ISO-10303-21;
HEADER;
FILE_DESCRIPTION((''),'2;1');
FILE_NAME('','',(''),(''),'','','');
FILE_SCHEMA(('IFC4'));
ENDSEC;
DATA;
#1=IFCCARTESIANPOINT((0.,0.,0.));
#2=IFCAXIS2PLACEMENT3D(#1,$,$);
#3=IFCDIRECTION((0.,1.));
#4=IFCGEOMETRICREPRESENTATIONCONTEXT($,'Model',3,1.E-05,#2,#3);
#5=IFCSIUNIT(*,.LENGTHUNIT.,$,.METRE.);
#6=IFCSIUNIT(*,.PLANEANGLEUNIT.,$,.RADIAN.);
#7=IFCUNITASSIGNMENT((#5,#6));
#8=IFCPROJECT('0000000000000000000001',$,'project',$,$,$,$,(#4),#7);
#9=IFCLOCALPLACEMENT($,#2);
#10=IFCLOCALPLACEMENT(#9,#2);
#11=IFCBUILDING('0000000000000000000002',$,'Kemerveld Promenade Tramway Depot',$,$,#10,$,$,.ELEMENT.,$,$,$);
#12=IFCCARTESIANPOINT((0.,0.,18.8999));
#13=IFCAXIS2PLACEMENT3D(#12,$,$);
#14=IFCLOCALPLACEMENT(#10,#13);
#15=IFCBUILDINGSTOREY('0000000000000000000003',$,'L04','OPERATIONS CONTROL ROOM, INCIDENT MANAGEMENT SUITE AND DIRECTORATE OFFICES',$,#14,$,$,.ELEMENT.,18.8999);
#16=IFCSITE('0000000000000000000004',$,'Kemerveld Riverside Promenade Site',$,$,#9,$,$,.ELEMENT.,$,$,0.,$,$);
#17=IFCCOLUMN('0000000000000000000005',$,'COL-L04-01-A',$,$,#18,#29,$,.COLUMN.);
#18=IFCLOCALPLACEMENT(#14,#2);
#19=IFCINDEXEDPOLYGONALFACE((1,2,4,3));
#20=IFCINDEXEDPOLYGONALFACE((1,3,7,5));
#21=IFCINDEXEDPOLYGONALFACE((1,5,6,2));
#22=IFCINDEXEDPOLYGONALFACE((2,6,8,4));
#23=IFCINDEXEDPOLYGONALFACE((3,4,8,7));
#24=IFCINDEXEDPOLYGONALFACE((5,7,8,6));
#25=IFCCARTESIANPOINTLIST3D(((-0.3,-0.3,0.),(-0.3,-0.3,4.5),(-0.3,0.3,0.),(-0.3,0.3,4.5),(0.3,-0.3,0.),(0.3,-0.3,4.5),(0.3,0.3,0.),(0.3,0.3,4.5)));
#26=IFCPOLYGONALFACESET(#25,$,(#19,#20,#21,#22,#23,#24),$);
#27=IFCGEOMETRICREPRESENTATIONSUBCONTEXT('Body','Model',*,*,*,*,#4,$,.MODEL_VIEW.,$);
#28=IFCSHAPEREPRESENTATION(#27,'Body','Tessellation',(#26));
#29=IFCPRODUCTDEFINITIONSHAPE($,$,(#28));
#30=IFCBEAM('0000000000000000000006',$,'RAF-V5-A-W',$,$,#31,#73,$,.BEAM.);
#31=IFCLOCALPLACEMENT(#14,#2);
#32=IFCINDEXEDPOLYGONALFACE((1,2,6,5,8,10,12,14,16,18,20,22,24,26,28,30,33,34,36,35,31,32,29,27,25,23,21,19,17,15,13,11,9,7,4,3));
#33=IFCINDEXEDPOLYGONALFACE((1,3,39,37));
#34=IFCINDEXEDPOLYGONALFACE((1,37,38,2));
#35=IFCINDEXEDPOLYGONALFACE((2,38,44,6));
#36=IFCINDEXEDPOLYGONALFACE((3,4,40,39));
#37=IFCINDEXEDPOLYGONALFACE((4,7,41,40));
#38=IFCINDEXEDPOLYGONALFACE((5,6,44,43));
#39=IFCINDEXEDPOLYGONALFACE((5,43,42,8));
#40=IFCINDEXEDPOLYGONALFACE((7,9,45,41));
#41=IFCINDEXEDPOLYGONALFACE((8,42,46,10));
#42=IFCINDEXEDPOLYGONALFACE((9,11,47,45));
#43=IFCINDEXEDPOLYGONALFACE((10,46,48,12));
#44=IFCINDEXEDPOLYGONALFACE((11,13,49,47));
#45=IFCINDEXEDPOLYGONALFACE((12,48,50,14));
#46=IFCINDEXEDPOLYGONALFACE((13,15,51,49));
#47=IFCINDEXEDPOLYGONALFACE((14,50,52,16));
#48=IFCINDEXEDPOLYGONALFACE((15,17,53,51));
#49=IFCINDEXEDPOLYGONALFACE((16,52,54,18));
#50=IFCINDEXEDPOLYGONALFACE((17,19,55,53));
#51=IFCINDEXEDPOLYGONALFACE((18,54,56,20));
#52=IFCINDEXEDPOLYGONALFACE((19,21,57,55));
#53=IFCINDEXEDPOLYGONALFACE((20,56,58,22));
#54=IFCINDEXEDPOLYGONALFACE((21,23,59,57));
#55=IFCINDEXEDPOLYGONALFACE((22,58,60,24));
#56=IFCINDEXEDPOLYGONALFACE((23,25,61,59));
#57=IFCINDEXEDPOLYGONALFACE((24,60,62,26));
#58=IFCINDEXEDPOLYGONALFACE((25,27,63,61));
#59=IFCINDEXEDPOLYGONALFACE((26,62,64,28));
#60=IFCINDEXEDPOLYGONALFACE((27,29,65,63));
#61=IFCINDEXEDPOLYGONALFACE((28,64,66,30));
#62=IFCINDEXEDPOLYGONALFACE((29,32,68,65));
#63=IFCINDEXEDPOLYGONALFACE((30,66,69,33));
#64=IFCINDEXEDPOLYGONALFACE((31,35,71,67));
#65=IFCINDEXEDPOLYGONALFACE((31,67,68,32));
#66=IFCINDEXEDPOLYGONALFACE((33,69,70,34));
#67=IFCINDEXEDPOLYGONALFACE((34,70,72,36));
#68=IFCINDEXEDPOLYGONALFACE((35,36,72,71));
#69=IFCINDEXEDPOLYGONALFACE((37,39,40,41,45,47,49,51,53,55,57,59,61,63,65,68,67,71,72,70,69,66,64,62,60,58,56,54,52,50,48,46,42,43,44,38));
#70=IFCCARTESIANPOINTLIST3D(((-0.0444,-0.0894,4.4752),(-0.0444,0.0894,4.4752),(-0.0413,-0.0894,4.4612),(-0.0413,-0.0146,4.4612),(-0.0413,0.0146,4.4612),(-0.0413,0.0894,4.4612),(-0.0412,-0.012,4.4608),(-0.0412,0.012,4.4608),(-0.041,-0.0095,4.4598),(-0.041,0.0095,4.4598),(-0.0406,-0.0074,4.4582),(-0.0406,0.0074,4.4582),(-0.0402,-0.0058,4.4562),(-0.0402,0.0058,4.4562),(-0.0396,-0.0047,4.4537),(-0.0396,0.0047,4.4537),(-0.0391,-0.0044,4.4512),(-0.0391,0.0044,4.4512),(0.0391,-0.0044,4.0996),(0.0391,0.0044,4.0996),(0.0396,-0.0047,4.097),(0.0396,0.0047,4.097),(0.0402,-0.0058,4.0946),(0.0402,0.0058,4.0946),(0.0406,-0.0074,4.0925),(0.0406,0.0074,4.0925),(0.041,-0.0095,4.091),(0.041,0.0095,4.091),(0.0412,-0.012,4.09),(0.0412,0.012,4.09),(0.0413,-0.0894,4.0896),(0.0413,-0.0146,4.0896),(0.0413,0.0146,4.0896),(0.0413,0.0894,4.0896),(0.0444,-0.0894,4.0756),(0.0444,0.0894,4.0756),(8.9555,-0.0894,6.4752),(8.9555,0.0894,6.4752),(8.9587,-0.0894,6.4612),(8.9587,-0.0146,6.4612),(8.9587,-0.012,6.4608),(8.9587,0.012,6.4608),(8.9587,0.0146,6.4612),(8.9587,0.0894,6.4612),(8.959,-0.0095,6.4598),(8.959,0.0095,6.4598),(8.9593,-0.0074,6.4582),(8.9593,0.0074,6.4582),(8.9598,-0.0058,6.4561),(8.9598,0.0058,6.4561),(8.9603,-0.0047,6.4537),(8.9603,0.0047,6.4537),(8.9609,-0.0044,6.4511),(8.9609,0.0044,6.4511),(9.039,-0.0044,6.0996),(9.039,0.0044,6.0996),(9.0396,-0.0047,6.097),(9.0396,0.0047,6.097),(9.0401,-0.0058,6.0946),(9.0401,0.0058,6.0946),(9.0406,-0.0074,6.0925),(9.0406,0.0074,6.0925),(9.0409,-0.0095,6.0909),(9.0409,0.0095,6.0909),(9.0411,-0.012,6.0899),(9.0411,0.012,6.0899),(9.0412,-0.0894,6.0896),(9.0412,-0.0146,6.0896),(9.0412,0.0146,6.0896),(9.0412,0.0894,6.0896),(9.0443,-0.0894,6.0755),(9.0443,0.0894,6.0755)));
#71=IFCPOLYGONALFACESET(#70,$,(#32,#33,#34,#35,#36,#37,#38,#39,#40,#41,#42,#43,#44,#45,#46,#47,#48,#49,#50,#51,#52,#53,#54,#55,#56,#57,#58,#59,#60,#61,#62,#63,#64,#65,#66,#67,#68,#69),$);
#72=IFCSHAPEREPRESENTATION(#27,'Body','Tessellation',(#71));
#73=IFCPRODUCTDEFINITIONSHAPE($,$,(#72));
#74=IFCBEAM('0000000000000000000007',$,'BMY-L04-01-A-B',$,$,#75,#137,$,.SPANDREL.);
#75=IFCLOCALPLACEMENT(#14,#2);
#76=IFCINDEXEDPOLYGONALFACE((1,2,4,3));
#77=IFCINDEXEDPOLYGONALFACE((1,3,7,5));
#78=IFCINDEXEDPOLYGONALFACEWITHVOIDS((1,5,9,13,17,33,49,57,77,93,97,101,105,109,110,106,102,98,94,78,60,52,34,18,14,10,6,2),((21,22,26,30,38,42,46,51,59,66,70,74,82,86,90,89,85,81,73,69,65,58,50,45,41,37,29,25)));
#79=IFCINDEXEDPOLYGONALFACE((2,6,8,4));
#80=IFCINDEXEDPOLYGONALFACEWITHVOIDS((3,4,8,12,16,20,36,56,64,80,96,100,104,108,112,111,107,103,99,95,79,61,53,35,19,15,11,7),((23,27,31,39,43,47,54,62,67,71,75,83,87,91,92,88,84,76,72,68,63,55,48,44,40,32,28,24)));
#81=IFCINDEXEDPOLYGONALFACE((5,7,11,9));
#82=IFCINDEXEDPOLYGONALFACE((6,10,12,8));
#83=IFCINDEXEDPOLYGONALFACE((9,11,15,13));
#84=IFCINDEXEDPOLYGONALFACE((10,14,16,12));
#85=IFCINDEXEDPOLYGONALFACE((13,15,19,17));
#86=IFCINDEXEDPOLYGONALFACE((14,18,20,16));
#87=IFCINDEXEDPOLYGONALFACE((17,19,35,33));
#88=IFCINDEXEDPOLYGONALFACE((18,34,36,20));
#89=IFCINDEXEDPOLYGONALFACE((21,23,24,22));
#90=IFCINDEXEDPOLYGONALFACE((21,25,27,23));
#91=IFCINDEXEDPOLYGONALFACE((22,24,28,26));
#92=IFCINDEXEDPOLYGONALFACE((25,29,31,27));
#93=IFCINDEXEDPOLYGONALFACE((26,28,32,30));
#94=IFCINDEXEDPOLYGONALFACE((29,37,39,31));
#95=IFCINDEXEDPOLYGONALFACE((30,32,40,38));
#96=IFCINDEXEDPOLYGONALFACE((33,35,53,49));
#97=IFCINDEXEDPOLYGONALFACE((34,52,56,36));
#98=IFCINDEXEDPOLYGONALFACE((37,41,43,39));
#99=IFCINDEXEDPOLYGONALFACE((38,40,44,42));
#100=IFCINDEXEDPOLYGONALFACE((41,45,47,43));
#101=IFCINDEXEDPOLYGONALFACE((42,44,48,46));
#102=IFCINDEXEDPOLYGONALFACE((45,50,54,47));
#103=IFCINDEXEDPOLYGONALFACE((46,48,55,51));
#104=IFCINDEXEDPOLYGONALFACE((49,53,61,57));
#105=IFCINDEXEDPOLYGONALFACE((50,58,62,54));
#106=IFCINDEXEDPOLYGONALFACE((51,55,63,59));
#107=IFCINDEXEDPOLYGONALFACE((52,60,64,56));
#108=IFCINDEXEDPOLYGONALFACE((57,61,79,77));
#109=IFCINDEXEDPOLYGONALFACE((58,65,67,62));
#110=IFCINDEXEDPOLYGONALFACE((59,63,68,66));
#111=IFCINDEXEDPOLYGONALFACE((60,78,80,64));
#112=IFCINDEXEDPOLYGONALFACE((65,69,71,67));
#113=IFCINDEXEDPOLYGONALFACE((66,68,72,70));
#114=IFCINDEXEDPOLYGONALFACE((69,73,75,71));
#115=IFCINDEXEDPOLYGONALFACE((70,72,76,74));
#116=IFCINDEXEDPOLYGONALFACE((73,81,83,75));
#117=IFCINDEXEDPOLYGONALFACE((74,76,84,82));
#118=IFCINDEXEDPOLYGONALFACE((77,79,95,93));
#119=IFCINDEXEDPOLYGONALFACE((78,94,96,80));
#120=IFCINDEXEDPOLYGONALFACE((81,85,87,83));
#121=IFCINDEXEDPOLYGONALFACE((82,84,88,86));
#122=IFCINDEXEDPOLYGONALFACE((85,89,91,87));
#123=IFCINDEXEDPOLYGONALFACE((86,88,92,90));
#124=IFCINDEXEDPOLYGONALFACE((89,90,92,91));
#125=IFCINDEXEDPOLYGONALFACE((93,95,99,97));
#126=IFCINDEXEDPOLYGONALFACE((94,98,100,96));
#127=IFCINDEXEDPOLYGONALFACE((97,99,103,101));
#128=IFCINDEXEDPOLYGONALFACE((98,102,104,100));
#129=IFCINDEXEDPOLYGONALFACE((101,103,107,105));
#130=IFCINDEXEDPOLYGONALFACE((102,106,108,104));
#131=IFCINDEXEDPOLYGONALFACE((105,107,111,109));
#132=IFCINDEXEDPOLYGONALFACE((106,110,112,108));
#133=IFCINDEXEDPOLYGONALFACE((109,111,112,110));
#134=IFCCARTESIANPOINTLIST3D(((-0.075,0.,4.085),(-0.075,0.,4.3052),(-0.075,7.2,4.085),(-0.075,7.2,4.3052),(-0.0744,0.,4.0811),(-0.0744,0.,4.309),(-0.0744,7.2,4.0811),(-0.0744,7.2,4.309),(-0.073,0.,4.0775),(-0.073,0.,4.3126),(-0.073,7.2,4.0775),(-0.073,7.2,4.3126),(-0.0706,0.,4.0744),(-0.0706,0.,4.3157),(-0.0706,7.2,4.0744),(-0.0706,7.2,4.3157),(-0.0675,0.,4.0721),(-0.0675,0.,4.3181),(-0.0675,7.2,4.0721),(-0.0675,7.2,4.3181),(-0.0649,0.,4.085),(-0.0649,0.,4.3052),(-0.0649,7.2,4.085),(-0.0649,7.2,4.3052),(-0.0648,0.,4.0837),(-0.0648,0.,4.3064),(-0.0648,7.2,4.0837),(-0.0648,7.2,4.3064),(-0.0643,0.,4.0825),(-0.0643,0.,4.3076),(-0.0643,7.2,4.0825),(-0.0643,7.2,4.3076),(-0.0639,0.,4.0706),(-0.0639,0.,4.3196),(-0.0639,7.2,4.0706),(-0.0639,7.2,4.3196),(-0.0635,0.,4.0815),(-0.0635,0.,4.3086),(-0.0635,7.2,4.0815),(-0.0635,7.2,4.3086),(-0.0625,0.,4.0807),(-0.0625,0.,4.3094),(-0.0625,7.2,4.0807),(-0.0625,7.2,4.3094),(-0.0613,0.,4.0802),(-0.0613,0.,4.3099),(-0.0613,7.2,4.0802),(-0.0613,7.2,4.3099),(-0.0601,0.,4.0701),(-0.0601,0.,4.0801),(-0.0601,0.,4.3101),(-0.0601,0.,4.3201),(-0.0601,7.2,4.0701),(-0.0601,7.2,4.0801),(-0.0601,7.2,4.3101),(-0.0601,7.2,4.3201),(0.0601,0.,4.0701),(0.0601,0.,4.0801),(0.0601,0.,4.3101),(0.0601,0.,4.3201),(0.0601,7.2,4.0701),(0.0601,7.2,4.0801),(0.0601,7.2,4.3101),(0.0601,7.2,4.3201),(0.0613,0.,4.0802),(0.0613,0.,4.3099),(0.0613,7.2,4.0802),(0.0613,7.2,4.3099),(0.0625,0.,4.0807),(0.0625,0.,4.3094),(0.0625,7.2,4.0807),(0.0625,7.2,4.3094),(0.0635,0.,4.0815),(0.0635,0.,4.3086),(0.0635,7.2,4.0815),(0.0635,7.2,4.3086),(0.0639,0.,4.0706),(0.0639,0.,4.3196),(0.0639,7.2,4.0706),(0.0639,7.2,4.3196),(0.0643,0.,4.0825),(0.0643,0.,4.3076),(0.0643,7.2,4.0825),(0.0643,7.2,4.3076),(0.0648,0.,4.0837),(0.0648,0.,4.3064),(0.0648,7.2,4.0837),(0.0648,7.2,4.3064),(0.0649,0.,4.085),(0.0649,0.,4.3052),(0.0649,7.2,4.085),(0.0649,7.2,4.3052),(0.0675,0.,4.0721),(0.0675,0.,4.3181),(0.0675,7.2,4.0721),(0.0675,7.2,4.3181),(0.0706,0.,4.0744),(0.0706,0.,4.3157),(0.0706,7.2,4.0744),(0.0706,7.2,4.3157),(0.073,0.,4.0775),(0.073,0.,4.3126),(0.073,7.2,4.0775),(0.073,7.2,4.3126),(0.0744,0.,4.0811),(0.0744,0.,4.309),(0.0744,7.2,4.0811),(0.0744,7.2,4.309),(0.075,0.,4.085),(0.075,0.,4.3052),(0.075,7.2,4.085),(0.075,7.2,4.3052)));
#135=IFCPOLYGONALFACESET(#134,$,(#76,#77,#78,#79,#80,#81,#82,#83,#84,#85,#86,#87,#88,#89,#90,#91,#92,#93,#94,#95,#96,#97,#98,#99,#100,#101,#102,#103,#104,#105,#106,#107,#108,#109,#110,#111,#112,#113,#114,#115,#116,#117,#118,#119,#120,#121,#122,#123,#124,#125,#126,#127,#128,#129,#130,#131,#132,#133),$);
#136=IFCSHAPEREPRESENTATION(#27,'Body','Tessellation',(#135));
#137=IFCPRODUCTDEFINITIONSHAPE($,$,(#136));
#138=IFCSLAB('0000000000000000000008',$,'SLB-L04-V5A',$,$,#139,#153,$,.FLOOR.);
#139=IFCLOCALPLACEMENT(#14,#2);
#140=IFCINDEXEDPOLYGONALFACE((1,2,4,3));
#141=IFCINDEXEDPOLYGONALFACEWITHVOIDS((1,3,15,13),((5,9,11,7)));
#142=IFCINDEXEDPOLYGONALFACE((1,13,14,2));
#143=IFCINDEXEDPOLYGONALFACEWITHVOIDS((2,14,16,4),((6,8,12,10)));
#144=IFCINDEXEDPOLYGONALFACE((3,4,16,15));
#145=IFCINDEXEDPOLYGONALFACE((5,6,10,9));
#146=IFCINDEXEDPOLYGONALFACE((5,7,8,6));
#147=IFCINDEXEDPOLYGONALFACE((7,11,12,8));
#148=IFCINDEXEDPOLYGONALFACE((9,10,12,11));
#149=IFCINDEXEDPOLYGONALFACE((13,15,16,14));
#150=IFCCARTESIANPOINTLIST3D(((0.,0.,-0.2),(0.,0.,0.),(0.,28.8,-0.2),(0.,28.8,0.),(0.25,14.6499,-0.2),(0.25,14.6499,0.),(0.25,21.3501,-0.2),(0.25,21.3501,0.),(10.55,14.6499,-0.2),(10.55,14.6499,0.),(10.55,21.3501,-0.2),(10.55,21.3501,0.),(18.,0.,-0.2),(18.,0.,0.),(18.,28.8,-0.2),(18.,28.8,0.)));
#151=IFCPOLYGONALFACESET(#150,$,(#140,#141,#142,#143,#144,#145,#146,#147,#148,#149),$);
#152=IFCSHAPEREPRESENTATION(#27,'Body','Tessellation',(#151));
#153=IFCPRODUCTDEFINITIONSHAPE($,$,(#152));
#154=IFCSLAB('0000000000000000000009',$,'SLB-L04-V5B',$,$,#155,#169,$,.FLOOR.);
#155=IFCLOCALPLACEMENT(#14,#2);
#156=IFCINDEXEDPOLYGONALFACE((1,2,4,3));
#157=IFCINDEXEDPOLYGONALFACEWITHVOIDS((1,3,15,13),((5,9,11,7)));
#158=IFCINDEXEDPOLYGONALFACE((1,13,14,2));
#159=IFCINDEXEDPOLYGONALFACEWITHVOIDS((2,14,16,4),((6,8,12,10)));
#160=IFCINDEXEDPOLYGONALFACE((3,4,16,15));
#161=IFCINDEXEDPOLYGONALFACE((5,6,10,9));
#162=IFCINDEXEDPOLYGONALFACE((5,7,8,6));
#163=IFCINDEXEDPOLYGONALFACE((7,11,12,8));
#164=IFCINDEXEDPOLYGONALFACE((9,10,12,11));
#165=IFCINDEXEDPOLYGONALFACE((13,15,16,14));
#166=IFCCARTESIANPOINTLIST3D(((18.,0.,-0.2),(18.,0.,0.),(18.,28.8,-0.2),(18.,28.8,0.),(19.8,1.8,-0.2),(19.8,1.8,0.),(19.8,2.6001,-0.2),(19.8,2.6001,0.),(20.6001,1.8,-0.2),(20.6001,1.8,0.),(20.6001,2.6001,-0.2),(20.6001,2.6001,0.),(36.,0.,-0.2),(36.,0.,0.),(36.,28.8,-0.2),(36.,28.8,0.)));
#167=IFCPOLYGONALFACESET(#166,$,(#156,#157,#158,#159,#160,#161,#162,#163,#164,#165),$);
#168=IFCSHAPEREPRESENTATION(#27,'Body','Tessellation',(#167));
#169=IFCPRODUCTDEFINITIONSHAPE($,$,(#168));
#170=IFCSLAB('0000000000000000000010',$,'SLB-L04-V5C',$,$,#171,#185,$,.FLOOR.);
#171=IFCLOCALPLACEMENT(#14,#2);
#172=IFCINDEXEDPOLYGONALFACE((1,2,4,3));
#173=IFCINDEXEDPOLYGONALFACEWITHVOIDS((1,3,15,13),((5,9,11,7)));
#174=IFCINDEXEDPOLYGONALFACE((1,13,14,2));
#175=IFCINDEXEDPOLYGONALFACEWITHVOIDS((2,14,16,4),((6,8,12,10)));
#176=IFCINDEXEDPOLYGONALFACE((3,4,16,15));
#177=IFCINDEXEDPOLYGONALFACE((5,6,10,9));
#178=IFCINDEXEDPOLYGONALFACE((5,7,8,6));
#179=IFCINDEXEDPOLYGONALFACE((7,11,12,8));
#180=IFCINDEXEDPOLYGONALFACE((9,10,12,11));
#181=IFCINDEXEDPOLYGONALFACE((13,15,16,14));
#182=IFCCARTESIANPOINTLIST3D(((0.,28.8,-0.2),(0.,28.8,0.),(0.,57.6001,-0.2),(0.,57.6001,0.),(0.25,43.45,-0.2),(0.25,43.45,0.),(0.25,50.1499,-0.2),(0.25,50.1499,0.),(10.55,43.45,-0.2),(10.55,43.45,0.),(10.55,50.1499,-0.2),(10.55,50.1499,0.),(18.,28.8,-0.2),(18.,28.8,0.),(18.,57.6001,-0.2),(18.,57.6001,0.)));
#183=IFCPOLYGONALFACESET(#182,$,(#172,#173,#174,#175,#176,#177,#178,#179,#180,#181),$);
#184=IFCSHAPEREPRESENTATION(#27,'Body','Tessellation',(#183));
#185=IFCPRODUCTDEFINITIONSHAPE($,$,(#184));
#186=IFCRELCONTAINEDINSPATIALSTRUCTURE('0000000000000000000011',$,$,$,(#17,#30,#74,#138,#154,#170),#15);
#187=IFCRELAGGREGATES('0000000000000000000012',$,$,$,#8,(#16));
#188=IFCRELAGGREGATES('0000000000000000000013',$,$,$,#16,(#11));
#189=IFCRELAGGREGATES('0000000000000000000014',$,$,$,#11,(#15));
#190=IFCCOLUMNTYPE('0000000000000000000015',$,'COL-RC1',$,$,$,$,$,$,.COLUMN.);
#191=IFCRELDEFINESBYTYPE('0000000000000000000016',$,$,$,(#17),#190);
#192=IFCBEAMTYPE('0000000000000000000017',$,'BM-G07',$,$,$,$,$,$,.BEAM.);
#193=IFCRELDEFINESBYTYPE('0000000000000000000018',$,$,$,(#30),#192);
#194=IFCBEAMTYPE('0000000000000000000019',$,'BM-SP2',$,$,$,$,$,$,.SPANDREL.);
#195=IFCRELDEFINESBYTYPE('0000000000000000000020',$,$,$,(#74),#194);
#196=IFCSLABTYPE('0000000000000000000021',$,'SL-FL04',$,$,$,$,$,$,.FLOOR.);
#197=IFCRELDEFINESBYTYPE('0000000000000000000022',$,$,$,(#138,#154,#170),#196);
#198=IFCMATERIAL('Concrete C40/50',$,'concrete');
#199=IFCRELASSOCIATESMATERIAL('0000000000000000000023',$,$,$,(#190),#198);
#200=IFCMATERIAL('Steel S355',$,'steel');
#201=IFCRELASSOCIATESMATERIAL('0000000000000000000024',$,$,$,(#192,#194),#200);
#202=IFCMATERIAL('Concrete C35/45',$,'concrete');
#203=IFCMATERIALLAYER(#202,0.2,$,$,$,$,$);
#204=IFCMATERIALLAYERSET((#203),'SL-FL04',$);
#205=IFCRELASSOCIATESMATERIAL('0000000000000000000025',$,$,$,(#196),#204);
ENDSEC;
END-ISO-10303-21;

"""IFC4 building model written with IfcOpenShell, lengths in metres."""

from ifc_helpers import new_model, si_unit, direction, frame, origin, origin_with_axes, origin_2d, place, context, subcontext, project, spatial, polyline, rectangle, hollow_rectangle, i_section, outline, extrude, material, layer, layer_set, material_profile, profile_set, type_object, element, save


model = new_model("IFC4")

# Units and contexts
model_context = context("Model", 3, precision=1e-05, world=origin(), true_north=direction((0.0, 1.0)))
body_context = subcontext(model_context, "Body", "Model", "MODEL_VIEW")
ifc_project = project(units=[si_unit("LENGTHUNIT", "METRE"), si_unit("PLANEANGLEUNIT", "RADIAN")], contexts=[model_context])

# Site, building, storey
site_placement = place(None, origin())
site = spatial("IfcSite", under=ifc_project, at=site_placement, Name="Kemerveld Riverside Promenade Site", CompositionType="ELEMENT", RefElevation=0.0)
building_placement = place(site_placement, origin())
building = spatial("IfcBuilding", under=site, at=building_placement, Name="Kemerveld Promenade Tramway Depot", CompositionType="ELEMENT")
storey_placement = place(building_placement, frame((0.0, 0.0, 18.8999)))
storey = spatial("IfcBuildingStorey", under=building, at=storey_placement, Name="L04", Description="OPERATIONS CONTROL ROOM, INCIDENT MANAGEMENT SUITE AND DIRECTORATE OFFICES", CompositionType="ELEMENT", Elevation=18.8999)

# Column
ifc_material_1 = material(Name="Concrete C40/50", Category="concrete")
ifc_material_profile_1 = material_profile(ifc_material_1, rectangle(XDim=0.6001, YDim=0.6001, at=origin_2d()), Name="RC-COL-600x600")
ifc_profile_set_1 = profile_set([ifc_material_profile_1], Name="Concrete C40/50")
column_type = type_object("IfcColumnType", Name="COL-RC1", PredefinedType="COLUMN", material=ifc_profile_set_1)
column_placement = place(storey_placement, origin_with_axes())
element("IfcColumn", 1, at=column_placement, inside=storey, type_object=column_type, Name="COL-L04-01-A", PredefinedType="COLUMN", context=body_context, shape_type="SweptSolid", body=[
    extrude(rectangle(XDim=0.6001, YDim=0.6001, at=origin_2d()), origin(), (0.0, 0.0, 1.0), 4.5),
])

# Beams
ifc_material_2 = material(Name="Steel S355", Category="steel")
ifc_material_profile_2 = material_profile(ifc_material_2, i_section(OverallWidth=0.1787, OverallDepth=0.4094, WebThickness=0.0088, FlangeThickness=0.0144, FilletRadius=0.0103, at=origin_2d()), Name="406x178x67 UB")
ifc_profile_set_2 = profile_set([ifc_material_profile_2], Name="Steel S355")
beam_type_1 = type_object("IfcBeamType", Name="BM-G07", PredefinedType="BEAM", material=ifc_profile_set_2)
beam_1_placement = place(storey_placement, frame((0.0, 0.0, 4.2754), z_axis=(0.976187, 0.0, 0.21693), x_axis=(0.0, 1.0, 0.0)))
element("IfcBeam", 2, at=beam_1_placement, inside=storey, type_object=beam_type_1, Name="RAF-V5-A-W", PredefinedType="BEAM", context=body_context, shape_type="SweptSolid", body=[
    extrude(i_section(OverallWidth=0.1787, OverallDepth=0.4094, WebThickness=0.0088, FlangeThickness=0.0144, FilletRadius=0.0103, at=origin_2d()), origin(), (0.0, 0.0, 1.0), 9.2195),
])
ifc_material_profile_3 = material_profile(ifc_material_2, hollow_rectangle(XDim=0.1499, YDim=0.25, WallThickness=0.01, InnerFilletRadius=0.0049, OuterFilletRadius=0.0149, at=origin_2d()), Name="250x150x10.0 RHS")
ifc_profile_set_3 = profile_set([ifc_material_profile_3], Name="Steel S355")
beam_type_2 = type_object("IfcBeamType", Name="BM-SP2", PredefinedType="SPANDREL", material=ifc_profile_set_3)
beam_2_placement = place(storey_placement, frame((0.0, 0.0, 4.1951), z_axis=(0.0, 1.0, 0.0), x_axis=(-1.0, 0.0, 0.0)))
element("IfcBeam", 3, at=beam_2_placement, inside=storey, type_object=beam_type_2, Name="BMY-L04-01-A-B", PredefinedType="SPANDREL", context=body_context, shape_type="SweptSolid", body=[
    extrude(hollow_rectangle(XDim=0.1499, YDim=0.25, WallThickness=0.01, InnerFilletRadius=0.0049, OuterFilletRadius=0.0149, at=origin_2d()), origin(), (0.0, 0.0, 1.0), 7.2),
])

# Slabs
ifc_material_3 = material(Name="Concrete C35/45", Category="concrete")
ifc_layer_1 = layer(ifc_material_3, 0.2)
ifc_layer_set_1 = layer_set([ifc_layer_1], Name="SL-FL04")
slab_type_1 = type_object("IfcSlabType", Name="SL-FL04", PredefinedType="FLOOR", material=ifc_layer_set_1)
slab_1_placement = place(storey_placement, frame((0.0, 0.0, -0.2)))
element("IfcSlab", 4, at=slab_1_placement, inside=storey, type_object=slab_type_1, Name="SLB-L04-V5A", PredefinedType="FLOOR", context=body_context, shape_type="SweptSolid", body=[
    extrude(outline(polyline([(0.0, 0.0), (18.0, 0.0), (18.0, 28.8), (0.0, 28.8), (0.0, 0.0)]), holes=[polyline([(0.25, 14.6499), (10.55, 14.6499), (10.55, 21.3501), (0.25, 21.3501), (0.25, 14.6499)])]), origin(), (0.0, 0.0, 1.0), 0.2),
])
slab_2_placement = place(storey_placement, frame((0.0, 0.0, -0.2)))
element("IfcSlab", 5, at=slab_2_placement, inside=storey, type_object=slab_type_1, Name="SLB-L04-V5B", PredefinedType="FLOOR", context=body_context, shape_type="SweptSolid", body=[
    extrude(outline(polyline([(18.0, 0.0), (36.0, 0.0), (36.0, 28.8), (18.0, 28.8), (18.0, 0.0)]), holes=[polyline([(19.8, 1.8), (20.6001, 1.8), (20.6001, 2.6001), (19.8, 2.6001), (19.8, 1.8)])]), origin(), (0.0, 0.0, 1.0), 0.2),
])
slab_3_placement = place(storey_placement, frame((0.0, 0.0, -0.2)))
element("IfcSlab", 6, at=slab_3_placement, inside=storey, type_object=slab_type_1, Name="SLB-L04-V5C", PredefinedType="FLOOR", context=body_context, shape_type="SweptSolid", body=[
    extrude(outline(polyline([(0.0, 28.8), (18.0, 28.8), (18.0, 57.6001), (0.0, 57.6001), (0.0, 28.8)]), holes=[polyline([(0.25, 43.45), (10.55, 43.45), (10.55, 50.1499), (0.25, 50.1499), (0.25, 43.45)])]), origin(), (0.0, 0.0, 1.0), 0.2),
])

save(model, "model.ifc")
